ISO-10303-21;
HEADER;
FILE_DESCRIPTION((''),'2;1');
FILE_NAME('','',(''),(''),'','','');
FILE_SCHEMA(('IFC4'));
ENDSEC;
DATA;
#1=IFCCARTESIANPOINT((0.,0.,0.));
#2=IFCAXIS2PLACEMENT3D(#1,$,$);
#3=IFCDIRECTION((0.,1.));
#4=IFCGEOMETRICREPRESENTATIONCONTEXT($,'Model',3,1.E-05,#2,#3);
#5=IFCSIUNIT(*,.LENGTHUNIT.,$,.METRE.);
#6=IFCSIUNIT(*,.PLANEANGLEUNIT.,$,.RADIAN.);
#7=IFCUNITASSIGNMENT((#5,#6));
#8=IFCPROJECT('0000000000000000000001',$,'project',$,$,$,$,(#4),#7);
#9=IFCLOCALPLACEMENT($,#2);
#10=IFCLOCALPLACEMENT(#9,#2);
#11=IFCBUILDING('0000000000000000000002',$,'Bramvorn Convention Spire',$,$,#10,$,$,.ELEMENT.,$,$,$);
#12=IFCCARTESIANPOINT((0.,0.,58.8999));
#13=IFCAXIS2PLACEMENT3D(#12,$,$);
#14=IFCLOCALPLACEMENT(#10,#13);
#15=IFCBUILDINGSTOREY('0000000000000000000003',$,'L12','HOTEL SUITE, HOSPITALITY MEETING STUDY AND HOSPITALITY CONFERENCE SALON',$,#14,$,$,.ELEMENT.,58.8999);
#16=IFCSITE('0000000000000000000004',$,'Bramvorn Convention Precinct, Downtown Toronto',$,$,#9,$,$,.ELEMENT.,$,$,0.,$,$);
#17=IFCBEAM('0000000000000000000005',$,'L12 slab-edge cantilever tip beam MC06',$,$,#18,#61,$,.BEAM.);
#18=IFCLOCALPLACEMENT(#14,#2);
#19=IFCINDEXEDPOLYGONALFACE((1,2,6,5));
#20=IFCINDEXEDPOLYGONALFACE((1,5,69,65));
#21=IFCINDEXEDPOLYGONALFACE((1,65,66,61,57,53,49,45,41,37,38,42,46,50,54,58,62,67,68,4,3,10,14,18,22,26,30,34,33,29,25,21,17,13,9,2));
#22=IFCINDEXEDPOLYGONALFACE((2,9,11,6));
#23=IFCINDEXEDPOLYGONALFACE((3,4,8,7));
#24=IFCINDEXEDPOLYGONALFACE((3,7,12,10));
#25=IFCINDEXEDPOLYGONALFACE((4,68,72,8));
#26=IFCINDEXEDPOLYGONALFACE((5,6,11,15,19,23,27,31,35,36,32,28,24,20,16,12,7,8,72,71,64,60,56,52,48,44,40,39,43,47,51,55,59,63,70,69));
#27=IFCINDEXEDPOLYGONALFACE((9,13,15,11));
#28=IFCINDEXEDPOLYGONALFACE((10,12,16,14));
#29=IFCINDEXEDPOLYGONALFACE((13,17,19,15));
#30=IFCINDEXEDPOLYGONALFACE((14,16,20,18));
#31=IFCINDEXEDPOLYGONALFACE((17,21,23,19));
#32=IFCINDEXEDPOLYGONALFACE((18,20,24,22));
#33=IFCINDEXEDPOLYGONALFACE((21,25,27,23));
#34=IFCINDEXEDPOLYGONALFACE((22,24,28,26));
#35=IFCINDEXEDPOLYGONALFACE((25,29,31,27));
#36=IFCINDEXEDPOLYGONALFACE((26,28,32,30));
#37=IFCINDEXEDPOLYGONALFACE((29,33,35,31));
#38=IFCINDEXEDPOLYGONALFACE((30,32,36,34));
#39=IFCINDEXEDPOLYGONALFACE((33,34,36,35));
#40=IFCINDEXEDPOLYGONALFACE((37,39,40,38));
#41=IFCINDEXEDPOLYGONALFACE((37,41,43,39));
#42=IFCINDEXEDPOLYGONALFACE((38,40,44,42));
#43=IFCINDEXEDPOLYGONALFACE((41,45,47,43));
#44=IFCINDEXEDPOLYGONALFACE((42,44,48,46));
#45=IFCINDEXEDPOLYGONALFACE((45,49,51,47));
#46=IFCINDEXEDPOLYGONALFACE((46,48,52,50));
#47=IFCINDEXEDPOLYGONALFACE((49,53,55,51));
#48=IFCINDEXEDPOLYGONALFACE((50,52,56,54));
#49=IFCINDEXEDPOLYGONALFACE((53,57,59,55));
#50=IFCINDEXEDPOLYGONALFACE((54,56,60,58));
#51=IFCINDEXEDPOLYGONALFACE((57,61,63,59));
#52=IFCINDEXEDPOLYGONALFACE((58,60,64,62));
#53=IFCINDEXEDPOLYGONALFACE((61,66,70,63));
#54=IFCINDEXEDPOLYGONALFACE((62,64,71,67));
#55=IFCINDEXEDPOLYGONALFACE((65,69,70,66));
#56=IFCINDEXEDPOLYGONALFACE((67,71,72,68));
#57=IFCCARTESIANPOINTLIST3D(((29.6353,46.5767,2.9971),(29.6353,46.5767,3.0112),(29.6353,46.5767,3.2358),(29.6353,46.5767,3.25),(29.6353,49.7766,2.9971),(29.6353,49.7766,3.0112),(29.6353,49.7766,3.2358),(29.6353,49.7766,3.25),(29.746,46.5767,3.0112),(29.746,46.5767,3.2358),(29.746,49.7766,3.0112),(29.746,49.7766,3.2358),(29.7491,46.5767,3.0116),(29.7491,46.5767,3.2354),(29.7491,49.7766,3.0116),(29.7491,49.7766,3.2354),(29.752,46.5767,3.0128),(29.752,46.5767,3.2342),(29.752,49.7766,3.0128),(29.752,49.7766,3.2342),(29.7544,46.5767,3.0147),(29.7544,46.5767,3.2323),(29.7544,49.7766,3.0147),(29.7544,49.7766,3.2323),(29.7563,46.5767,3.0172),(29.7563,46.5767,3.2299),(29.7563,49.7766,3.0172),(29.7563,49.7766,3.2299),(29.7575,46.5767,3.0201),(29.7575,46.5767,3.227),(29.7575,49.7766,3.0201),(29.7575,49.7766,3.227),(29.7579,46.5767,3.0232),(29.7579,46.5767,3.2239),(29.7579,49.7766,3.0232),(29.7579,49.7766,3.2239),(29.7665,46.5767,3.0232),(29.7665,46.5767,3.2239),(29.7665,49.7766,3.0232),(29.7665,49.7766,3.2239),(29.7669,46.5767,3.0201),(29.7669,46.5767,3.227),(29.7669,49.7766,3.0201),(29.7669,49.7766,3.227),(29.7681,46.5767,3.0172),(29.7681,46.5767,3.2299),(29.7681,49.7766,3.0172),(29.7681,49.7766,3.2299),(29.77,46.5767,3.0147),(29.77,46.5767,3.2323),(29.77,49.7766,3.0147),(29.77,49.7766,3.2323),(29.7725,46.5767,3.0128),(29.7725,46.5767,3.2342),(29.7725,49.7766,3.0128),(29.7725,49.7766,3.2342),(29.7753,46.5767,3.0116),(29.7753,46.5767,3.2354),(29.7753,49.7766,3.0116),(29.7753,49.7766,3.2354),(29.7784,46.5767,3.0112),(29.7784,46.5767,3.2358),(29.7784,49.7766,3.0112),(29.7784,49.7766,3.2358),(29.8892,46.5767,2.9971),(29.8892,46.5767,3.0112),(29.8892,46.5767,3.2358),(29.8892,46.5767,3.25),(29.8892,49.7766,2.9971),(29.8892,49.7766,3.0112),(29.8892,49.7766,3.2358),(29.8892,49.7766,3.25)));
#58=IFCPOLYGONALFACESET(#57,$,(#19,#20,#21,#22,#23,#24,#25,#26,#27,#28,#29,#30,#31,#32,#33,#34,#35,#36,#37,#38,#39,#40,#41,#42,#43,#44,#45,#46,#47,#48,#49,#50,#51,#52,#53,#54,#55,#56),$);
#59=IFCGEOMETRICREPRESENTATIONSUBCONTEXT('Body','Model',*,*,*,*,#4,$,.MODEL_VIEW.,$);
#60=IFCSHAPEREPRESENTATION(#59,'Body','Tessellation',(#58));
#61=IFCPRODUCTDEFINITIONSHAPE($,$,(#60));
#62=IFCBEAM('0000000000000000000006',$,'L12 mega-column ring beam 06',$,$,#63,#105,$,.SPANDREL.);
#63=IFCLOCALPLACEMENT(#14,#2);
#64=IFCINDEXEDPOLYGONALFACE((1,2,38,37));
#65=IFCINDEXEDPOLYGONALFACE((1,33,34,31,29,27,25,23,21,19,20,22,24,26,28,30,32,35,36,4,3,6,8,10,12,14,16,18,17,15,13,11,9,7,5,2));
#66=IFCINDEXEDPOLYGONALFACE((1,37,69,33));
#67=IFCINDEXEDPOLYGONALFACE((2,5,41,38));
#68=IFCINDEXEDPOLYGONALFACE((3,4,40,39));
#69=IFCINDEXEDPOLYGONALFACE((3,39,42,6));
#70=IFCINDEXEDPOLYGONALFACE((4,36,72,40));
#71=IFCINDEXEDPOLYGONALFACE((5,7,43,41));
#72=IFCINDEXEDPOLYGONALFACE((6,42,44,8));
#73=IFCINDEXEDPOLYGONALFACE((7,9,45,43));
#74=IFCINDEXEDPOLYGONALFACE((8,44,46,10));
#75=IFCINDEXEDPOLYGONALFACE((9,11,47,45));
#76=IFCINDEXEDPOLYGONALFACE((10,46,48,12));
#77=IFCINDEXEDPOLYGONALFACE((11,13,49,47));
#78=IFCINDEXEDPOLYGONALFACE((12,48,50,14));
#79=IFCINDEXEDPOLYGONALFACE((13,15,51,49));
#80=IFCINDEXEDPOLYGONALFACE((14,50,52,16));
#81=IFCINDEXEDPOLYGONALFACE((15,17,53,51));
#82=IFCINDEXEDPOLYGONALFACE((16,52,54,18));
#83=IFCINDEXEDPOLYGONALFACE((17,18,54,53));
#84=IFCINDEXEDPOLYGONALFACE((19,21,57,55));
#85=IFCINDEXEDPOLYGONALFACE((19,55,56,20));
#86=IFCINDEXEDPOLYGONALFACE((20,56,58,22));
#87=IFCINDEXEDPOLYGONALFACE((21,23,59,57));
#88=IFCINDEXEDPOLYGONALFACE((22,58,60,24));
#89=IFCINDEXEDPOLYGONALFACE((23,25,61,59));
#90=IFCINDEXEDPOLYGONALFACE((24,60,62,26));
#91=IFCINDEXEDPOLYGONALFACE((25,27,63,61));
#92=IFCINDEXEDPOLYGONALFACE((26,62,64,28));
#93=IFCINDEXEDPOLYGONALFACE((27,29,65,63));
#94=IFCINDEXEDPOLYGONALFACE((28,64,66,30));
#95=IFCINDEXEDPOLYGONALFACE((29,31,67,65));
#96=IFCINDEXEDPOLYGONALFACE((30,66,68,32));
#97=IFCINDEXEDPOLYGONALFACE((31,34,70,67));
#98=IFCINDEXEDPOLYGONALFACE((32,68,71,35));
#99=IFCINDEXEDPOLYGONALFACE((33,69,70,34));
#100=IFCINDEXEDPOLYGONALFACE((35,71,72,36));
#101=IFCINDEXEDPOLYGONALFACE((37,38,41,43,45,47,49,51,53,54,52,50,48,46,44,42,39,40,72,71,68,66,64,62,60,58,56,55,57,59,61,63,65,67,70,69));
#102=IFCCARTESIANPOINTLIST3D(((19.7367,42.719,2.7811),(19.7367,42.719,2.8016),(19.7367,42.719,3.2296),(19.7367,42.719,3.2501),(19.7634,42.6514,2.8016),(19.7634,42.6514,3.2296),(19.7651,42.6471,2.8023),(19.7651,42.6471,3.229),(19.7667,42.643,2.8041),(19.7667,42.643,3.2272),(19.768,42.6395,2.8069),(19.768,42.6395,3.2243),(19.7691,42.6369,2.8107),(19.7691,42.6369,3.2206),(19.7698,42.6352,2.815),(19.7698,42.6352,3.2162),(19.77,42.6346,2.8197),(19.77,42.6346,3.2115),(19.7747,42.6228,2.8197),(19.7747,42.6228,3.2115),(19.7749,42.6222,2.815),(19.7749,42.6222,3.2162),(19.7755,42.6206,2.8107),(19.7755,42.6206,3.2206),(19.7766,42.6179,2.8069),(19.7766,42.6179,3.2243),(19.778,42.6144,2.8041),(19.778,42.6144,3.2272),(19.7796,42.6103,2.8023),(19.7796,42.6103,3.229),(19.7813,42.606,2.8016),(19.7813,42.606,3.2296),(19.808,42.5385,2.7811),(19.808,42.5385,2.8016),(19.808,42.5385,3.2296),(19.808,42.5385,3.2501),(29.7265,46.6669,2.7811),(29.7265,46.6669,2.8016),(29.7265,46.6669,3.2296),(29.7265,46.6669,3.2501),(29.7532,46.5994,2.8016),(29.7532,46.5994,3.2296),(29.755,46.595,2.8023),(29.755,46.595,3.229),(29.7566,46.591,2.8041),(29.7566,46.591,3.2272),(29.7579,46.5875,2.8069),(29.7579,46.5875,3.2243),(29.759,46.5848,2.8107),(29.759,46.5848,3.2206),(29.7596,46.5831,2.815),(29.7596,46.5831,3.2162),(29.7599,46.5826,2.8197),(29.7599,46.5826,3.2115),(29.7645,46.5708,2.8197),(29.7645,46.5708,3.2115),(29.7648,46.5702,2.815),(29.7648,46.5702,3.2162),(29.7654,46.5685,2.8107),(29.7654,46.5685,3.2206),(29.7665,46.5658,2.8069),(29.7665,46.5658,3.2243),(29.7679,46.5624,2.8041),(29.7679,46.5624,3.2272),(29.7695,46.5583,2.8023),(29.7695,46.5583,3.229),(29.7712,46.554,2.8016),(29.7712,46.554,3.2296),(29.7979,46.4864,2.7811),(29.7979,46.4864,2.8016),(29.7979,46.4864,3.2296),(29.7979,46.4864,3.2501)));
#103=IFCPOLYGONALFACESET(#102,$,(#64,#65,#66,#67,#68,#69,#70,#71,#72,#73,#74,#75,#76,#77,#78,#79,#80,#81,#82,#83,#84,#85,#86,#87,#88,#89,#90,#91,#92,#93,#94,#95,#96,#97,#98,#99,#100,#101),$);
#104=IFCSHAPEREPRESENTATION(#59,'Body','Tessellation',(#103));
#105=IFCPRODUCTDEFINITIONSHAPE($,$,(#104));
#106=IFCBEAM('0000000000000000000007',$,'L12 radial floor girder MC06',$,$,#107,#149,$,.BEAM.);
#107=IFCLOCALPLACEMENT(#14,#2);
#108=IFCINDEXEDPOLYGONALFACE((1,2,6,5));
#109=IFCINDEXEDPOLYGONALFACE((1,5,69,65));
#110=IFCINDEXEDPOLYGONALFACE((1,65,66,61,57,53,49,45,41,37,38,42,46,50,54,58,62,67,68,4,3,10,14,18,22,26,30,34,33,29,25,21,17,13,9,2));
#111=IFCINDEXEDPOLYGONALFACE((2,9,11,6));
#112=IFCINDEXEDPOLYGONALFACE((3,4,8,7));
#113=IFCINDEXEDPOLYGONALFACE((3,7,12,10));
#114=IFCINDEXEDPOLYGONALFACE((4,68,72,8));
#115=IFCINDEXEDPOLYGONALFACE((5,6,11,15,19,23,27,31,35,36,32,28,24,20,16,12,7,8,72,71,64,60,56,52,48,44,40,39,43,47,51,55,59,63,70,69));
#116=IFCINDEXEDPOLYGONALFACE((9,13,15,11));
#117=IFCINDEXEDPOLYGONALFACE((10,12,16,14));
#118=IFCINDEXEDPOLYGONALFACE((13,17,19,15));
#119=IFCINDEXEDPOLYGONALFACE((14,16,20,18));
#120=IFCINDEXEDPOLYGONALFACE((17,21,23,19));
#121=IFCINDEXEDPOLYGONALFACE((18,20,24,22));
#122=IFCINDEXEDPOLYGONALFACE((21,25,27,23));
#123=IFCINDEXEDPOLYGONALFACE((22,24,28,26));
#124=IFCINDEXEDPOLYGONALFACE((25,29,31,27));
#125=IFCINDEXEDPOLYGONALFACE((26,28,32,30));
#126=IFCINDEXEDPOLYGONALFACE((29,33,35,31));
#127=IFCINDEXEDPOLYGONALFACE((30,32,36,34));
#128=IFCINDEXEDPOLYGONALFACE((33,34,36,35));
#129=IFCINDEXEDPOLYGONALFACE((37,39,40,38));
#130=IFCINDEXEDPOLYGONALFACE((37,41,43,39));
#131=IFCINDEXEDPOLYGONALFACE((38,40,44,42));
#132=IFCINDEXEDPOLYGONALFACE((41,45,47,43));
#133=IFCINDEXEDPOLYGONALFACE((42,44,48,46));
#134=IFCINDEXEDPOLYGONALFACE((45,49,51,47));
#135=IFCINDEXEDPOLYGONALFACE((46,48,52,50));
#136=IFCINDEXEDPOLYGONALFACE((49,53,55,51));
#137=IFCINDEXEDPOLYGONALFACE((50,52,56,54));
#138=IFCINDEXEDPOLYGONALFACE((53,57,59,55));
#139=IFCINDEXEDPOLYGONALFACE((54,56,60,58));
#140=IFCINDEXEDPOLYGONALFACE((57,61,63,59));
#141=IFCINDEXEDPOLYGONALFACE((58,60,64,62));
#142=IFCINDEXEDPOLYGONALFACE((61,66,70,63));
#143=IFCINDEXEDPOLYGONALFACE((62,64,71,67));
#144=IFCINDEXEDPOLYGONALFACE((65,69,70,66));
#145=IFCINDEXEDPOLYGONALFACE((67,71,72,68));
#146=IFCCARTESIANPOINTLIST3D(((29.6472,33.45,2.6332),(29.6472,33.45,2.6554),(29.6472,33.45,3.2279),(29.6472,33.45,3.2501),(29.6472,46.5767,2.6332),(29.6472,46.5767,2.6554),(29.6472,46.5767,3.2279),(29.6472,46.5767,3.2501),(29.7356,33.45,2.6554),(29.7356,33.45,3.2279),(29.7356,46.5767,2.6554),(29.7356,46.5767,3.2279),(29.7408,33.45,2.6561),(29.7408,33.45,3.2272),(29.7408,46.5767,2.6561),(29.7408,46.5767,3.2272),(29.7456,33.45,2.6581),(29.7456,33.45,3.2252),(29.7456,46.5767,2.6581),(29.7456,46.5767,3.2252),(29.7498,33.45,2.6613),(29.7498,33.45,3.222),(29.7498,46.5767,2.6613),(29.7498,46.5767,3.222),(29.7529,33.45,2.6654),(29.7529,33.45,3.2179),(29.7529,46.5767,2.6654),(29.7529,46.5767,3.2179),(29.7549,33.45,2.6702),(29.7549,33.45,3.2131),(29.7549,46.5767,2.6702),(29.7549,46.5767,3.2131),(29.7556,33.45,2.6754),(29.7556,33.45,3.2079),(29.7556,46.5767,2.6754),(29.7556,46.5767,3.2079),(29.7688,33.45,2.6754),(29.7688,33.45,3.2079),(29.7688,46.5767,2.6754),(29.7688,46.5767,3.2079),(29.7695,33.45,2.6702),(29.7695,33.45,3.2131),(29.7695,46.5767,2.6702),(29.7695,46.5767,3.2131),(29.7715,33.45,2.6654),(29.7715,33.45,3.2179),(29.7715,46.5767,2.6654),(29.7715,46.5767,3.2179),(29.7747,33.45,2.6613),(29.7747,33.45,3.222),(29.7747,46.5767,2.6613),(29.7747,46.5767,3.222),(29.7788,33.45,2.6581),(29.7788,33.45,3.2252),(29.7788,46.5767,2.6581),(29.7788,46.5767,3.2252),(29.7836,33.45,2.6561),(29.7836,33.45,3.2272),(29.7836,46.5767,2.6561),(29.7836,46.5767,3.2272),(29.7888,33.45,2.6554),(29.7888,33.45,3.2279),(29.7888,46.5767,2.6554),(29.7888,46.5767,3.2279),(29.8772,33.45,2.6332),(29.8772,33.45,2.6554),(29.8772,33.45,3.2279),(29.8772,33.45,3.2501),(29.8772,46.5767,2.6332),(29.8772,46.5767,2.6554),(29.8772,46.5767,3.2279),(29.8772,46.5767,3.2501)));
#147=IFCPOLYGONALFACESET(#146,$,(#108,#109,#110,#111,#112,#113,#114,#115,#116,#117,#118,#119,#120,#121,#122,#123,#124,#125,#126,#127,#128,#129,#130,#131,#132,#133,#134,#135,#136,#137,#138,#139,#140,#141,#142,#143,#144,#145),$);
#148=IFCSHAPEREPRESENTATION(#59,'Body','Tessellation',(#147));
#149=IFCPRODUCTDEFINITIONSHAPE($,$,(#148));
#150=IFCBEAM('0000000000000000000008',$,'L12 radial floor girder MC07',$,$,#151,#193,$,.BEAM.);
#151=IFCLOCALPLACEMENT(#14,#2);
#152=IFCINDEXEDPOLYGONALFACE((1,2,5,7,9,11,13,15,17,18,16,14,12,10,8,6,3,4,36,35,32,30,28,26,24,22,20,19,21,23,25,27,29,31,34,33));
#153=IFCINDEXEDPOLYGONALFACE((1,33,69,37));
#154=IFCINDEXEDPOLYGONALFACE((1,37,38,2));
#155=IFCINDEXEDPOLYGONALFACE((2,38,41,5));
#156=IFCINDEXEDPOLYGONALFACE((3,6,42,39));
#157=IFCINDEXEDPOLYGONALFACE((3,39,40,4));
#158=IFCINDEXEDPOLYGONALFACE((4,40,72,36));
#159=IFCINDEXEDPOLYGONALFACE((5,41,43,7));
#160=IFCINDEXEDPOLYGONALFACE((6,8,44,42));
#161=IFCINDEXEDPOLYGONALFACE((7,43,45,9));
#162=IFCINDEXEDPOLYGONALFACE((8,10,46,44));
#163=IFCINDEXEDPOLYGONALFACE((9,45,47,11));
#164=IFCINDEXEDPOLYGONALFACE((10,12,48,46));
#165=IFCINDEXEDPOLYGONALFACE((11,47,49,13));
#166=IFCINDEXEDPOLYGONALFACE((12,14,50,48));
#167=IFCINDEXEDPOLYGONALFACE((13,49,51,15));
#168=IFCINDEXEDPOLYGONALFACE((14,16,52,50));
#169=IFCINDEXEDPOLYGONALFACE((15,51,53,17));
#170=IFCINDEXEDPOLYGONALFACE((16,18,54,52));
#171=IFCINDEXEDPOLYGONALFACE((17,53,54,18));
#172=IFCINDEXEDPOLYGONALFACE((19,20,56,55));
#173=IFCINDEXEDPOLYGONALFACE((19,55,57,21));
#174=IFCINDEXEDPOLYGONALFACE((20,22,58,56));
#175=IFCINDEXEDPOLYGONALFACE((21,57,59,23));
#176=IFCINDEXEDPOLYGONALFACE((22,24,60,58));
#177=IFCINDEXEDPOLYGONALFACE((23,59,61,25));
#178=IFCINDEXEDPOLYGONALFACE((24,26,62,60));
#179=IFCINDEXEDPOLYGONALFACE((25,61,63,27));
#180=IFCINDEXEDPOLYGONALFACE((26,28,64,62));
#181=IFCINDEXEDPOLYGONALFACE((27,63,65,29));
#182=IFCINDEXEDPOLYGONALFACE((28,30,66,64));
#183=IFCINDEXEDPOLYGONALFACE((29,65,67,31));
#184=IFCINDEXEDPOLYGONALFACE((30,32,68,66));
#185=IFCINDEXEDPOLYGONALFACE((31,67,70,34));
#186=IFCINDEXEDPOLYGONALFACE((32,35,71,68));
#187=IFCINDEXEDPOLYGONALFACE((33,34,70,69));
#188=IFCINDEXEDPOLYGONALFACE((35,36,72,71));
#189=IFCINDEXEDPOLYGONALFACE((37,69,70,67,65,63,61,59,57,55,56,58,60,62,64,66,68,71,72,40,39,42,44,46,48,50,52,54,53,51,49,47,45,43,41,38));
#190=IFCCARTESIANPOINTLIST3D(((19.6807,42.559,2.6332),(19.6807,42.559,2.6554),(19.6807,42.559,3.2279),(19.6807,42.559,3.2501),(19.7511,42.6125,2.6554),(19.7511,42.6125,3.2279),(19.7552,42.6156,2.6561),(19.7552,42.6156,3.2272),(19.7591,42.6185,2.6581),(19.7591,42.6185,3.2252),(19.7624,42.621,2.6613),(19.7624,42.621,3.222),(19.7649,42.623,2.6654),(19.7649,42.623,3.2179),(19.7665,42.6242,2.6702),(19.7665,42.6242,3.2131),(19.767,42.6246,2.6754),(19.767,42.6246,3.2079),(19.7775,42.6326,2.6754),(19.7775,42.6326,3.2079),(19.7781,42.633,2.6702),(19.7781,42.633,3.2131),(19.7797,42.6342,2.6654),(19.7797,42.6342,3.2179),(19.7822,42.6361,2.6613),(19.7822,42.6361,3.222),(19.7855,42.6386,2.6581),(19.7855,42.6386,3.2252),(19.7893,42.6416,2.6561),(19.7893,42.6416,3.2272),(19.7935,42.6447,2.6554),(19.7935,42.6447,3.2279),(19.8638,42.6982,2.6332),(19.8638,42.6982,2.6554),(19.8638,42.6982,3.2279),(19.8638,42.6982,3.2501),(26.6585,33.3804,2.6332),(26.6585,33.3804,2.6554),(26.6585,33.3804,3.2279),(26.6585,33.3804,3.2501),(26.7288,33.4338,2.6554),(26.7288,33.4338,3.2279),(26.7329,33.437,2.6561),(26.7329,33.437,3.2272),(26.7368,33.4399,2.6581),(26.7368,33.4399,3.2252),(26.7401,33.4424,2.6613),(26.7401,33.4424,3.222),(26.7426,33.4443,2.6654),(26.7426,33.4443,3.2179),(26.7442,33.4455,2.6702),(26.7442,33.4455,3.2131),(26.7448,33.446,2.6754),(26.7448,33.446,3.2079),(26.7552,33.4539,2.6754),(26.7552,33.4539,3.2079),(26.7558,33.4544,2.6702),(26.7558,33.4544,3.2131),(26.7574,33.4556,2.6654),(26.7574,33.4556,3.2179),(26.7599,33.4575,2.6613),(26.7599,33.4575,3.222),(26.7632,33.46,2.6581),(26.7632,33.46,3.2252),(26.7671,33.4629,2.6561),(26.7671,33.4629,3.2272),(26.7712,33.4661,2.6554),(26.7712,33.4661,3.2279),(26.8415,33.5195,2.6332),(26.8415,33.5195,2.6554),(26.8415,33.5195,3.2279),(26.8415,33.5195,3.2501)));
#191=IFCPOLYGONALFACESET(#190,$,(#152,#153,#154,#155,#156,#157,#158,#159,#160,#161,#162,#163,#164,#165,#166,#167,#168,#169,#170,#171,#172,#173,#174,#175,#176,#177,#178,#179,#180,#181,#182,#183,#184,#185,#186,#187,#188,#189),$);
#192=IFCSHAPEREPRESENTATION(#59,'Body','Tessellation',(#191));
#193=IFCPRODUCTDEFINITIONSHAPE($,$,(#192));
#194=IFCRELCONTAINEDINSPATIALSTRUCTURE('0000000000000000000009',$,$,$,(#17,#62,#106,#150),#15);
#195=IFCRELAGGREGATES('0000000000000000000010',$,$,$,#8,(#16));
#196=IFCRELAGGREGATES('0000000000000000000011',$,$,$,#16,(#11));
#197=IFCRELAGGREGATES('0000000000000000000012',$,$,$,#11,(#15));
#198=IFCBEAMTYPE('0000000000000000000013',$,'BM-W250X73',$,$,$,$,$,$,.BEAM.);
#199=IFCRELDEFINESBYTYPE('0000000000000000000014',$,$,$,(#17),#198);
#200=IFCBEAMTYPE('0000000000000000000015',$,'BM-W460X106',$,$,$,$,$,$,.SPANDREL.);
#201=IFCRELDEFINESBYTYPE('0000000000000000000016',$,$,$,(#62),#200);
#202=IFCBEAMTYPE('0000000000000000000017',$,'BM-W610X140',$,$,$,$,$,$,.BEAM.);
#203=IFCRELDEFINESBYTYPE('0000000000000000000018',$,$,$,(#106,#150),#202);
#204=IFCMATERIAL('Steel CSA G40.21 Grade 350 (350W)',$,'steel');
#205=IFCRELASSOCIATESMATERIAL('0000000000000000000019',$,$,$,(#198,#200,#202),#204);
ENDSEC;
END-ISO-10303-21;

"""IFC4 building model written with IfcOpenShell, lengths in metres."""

from ifc_helpers import new_model, si_unit, direction, frame, origin, origin_2d, place, context, subcontext, project, spatial, i_section, extrude, material, material_profile, profile_set, type_object, element, save


model = new_model("IFC4")

# Units and contexts
model_context = context("Model", 3, precision=1e-05, world=origin(), true_north=direction((0.0, 1.0)))
body_context = subcontext(model_context, "Body", "Model", "MODEL_VIEW")
ifc_project = project(units=[si_unit("LENGTHUNIT", "METRE"), si_unit("PLANEANGLEUNIT", "RADIAN")], contexts=[model_context])

# Site, building, storey
site_placement = place(None, origin())
site = spatial("IfcSite", under=ifc_project, at=site_placement, Name="Bramvorn Convention Precinct, Downtown Toronto", CompositionType="ELEMENT", RefElevation=0.0)
building_placement = place(site_placement, origin())
building = spatial("IfcBuilding", under=site, at=building_placement, Name="Bramvorn Convention Spire", CompositionType="ELEMENT")
storey_placement = place(building_placement, frame((0.0, 0.0, 58.8999)))
storey = spatial("IfcBuildingStorey", under=building, at=storey_placement, Name="L12", Description="HOTEL SUITE, HOSPITALITY MEETING STUDY AND HOSPITALITY CONFERENCE SALON", CompositionType="ELEMENT", Elevation=58.8999)

# Shared definitions
ifc_material_1 = material(Name="Steel CSA G40.21 Grade 350 (350W)", Category="steel")

# Beams
ifc_material_profile_1 = material_profile(ifc_material_1, i_section(OverallWidth=0.2539, OverallDepth=0.2529, WebThickness=0.0085, FlangeThickness=0.0142, FilletRadius=0.012, at=origin_2d()))
ifc_profile_set_1 = profile_set([ifc_material_profile_1], Name="Steel CSA G40.21 Grade 350 (350W) - W250X73")
beam_type_1 = type_object("IfcBeamType", Name="BM-W250X73", PredefinedType="BEAM", material=ifc_profile_set_1)
beam_1_placement = place(storey_placement, frame((29.7622, 46.5767, 3.1235), z_axis=(0.0, 1.0, 0.0), x_axis=(-1.0, 0.0, 0.0)))
element("IfcBeam", 1, at=beam_1_placement, inside=storey, type_object=beam_type_1, Name="L12 slab-edge cantilever tip beam MC06", PredefinedType="BEAM", context=body_context, shape_type="SweptSolid", body=[
    extrude(i_section(OverallWidth=0.2539, OverallDepth=0.2529, WebThickness=0.0085, FlangeThickness=0.0142, FilletRadius=0.012, at=origin_2d()), origin(), (0.0, 0.0, 1.0), 3.2),
])
ifc_material_profile_2 = material_profile(ifc_material_1, i_section(OverallWidth=0.1941, OverallDepth=0.469, WebThickness=0.0127, FlangeThickness=0.0205, FilletRadius=0.0181, at=origin_2d()))
ifc_profile_set_2 = profile_set([ifc_material_profile_2], Name="Steel CSA G40.21 Grade 350 (350W) - W460X106")
beam_type_2 = type_object("IfcBeamType", Name="BM-W460X106", PredefinedType="SPANDREL", material=ifc_profile_set_2)
beam_2_placement = place(storey_placement, frame((29.7622, 46.5767, 3.0156), z_axis=(-0.93001, -0.367535, 0.0), x_axis=(0.367535, -0.93001, 0.0)))
element("IfcBeam", 2, at=beam_2_placement, inside=storey, type_object=beam_type_2, Name="L12 mega-column ring beam 06", PredefinedType="SPANDREL", context=body_context, shape_type="SweptSolid", body=[
    extrude(i_section(OverallWidth=0.1941, OverallDepth=0.469, WebThickness=0.0127, FlangeThickness=0.0205, FilletRadius=0.0181, at=origin_2d()), origin(), (0.0, 0.0, 1.0), 10.7417),
])
ifc_material_profile_3 = material_profile(ifc_material_1, i_section(OverallWidth=0.23, OverallDepth=0.6169, WebThickness=0.0132, FlangeThickness=0.0222, FilletRadius=0.02, at=origin_2d()))
ifc_profile_set_3 = profile_set([ifc_material_profile_3], Name="Steel CSA G40.21 Grade 350 (350W) - W610X140")
beam_type_3 = type_object("IfcBeamType", Name="BM-W610X140", PredefinedType="BEAM", material=ifc_profile_set_3)
beam_3_placement = place(storey_placement, frame((29.7622, 33.45, 2.9417), z_axis=(0.0, 1.0, 0.0), x_axis=(-1.0, 0.0, 0.0)))
element("IfcBeam", 3, at=beam_3_placement, inside=storey, type_object=beam_type_3, Name="L12 radial floor girder MC06", PredefinedType="BEAM", context=body_context, shape_type="SweptSolid", body=[
    extrude(i_section(OverallWidth=0.23, OverallDepth=0.6169, WebThickness=0.0132, FlangeThickness=0.0222, FilletRadius=0.02, at=origin_2d()), origin(), (0.0, 0.0, 1.0), 13.1267),
])
beam_4_placement = place(storey_placement, frame((26.75, 33.45, 2.9417), z_axis=(-0.605191, 0.79608, 0.0), x_axis=(-0.79608, -0.605191, 0.0)))
element("IfcBeam", 4, at=beam_4_placement, inside=storey, type_object=beam_type_3, Name="L12 radial floor girder MC07", PredefinedType="BEAM", context=body_context, shape_type="SweptSolid", body=[
    extrude(i_section(OverallWidth=0.23, OverallDepth=0.6169, WebThickness=0.0132, FlangeThickness=0.0222, FilletRadius=0.02, at=origin_2d()), origin(), (0.0, 0.0, 1.0), 11.5298),
])

save(model, "model.ifc")
